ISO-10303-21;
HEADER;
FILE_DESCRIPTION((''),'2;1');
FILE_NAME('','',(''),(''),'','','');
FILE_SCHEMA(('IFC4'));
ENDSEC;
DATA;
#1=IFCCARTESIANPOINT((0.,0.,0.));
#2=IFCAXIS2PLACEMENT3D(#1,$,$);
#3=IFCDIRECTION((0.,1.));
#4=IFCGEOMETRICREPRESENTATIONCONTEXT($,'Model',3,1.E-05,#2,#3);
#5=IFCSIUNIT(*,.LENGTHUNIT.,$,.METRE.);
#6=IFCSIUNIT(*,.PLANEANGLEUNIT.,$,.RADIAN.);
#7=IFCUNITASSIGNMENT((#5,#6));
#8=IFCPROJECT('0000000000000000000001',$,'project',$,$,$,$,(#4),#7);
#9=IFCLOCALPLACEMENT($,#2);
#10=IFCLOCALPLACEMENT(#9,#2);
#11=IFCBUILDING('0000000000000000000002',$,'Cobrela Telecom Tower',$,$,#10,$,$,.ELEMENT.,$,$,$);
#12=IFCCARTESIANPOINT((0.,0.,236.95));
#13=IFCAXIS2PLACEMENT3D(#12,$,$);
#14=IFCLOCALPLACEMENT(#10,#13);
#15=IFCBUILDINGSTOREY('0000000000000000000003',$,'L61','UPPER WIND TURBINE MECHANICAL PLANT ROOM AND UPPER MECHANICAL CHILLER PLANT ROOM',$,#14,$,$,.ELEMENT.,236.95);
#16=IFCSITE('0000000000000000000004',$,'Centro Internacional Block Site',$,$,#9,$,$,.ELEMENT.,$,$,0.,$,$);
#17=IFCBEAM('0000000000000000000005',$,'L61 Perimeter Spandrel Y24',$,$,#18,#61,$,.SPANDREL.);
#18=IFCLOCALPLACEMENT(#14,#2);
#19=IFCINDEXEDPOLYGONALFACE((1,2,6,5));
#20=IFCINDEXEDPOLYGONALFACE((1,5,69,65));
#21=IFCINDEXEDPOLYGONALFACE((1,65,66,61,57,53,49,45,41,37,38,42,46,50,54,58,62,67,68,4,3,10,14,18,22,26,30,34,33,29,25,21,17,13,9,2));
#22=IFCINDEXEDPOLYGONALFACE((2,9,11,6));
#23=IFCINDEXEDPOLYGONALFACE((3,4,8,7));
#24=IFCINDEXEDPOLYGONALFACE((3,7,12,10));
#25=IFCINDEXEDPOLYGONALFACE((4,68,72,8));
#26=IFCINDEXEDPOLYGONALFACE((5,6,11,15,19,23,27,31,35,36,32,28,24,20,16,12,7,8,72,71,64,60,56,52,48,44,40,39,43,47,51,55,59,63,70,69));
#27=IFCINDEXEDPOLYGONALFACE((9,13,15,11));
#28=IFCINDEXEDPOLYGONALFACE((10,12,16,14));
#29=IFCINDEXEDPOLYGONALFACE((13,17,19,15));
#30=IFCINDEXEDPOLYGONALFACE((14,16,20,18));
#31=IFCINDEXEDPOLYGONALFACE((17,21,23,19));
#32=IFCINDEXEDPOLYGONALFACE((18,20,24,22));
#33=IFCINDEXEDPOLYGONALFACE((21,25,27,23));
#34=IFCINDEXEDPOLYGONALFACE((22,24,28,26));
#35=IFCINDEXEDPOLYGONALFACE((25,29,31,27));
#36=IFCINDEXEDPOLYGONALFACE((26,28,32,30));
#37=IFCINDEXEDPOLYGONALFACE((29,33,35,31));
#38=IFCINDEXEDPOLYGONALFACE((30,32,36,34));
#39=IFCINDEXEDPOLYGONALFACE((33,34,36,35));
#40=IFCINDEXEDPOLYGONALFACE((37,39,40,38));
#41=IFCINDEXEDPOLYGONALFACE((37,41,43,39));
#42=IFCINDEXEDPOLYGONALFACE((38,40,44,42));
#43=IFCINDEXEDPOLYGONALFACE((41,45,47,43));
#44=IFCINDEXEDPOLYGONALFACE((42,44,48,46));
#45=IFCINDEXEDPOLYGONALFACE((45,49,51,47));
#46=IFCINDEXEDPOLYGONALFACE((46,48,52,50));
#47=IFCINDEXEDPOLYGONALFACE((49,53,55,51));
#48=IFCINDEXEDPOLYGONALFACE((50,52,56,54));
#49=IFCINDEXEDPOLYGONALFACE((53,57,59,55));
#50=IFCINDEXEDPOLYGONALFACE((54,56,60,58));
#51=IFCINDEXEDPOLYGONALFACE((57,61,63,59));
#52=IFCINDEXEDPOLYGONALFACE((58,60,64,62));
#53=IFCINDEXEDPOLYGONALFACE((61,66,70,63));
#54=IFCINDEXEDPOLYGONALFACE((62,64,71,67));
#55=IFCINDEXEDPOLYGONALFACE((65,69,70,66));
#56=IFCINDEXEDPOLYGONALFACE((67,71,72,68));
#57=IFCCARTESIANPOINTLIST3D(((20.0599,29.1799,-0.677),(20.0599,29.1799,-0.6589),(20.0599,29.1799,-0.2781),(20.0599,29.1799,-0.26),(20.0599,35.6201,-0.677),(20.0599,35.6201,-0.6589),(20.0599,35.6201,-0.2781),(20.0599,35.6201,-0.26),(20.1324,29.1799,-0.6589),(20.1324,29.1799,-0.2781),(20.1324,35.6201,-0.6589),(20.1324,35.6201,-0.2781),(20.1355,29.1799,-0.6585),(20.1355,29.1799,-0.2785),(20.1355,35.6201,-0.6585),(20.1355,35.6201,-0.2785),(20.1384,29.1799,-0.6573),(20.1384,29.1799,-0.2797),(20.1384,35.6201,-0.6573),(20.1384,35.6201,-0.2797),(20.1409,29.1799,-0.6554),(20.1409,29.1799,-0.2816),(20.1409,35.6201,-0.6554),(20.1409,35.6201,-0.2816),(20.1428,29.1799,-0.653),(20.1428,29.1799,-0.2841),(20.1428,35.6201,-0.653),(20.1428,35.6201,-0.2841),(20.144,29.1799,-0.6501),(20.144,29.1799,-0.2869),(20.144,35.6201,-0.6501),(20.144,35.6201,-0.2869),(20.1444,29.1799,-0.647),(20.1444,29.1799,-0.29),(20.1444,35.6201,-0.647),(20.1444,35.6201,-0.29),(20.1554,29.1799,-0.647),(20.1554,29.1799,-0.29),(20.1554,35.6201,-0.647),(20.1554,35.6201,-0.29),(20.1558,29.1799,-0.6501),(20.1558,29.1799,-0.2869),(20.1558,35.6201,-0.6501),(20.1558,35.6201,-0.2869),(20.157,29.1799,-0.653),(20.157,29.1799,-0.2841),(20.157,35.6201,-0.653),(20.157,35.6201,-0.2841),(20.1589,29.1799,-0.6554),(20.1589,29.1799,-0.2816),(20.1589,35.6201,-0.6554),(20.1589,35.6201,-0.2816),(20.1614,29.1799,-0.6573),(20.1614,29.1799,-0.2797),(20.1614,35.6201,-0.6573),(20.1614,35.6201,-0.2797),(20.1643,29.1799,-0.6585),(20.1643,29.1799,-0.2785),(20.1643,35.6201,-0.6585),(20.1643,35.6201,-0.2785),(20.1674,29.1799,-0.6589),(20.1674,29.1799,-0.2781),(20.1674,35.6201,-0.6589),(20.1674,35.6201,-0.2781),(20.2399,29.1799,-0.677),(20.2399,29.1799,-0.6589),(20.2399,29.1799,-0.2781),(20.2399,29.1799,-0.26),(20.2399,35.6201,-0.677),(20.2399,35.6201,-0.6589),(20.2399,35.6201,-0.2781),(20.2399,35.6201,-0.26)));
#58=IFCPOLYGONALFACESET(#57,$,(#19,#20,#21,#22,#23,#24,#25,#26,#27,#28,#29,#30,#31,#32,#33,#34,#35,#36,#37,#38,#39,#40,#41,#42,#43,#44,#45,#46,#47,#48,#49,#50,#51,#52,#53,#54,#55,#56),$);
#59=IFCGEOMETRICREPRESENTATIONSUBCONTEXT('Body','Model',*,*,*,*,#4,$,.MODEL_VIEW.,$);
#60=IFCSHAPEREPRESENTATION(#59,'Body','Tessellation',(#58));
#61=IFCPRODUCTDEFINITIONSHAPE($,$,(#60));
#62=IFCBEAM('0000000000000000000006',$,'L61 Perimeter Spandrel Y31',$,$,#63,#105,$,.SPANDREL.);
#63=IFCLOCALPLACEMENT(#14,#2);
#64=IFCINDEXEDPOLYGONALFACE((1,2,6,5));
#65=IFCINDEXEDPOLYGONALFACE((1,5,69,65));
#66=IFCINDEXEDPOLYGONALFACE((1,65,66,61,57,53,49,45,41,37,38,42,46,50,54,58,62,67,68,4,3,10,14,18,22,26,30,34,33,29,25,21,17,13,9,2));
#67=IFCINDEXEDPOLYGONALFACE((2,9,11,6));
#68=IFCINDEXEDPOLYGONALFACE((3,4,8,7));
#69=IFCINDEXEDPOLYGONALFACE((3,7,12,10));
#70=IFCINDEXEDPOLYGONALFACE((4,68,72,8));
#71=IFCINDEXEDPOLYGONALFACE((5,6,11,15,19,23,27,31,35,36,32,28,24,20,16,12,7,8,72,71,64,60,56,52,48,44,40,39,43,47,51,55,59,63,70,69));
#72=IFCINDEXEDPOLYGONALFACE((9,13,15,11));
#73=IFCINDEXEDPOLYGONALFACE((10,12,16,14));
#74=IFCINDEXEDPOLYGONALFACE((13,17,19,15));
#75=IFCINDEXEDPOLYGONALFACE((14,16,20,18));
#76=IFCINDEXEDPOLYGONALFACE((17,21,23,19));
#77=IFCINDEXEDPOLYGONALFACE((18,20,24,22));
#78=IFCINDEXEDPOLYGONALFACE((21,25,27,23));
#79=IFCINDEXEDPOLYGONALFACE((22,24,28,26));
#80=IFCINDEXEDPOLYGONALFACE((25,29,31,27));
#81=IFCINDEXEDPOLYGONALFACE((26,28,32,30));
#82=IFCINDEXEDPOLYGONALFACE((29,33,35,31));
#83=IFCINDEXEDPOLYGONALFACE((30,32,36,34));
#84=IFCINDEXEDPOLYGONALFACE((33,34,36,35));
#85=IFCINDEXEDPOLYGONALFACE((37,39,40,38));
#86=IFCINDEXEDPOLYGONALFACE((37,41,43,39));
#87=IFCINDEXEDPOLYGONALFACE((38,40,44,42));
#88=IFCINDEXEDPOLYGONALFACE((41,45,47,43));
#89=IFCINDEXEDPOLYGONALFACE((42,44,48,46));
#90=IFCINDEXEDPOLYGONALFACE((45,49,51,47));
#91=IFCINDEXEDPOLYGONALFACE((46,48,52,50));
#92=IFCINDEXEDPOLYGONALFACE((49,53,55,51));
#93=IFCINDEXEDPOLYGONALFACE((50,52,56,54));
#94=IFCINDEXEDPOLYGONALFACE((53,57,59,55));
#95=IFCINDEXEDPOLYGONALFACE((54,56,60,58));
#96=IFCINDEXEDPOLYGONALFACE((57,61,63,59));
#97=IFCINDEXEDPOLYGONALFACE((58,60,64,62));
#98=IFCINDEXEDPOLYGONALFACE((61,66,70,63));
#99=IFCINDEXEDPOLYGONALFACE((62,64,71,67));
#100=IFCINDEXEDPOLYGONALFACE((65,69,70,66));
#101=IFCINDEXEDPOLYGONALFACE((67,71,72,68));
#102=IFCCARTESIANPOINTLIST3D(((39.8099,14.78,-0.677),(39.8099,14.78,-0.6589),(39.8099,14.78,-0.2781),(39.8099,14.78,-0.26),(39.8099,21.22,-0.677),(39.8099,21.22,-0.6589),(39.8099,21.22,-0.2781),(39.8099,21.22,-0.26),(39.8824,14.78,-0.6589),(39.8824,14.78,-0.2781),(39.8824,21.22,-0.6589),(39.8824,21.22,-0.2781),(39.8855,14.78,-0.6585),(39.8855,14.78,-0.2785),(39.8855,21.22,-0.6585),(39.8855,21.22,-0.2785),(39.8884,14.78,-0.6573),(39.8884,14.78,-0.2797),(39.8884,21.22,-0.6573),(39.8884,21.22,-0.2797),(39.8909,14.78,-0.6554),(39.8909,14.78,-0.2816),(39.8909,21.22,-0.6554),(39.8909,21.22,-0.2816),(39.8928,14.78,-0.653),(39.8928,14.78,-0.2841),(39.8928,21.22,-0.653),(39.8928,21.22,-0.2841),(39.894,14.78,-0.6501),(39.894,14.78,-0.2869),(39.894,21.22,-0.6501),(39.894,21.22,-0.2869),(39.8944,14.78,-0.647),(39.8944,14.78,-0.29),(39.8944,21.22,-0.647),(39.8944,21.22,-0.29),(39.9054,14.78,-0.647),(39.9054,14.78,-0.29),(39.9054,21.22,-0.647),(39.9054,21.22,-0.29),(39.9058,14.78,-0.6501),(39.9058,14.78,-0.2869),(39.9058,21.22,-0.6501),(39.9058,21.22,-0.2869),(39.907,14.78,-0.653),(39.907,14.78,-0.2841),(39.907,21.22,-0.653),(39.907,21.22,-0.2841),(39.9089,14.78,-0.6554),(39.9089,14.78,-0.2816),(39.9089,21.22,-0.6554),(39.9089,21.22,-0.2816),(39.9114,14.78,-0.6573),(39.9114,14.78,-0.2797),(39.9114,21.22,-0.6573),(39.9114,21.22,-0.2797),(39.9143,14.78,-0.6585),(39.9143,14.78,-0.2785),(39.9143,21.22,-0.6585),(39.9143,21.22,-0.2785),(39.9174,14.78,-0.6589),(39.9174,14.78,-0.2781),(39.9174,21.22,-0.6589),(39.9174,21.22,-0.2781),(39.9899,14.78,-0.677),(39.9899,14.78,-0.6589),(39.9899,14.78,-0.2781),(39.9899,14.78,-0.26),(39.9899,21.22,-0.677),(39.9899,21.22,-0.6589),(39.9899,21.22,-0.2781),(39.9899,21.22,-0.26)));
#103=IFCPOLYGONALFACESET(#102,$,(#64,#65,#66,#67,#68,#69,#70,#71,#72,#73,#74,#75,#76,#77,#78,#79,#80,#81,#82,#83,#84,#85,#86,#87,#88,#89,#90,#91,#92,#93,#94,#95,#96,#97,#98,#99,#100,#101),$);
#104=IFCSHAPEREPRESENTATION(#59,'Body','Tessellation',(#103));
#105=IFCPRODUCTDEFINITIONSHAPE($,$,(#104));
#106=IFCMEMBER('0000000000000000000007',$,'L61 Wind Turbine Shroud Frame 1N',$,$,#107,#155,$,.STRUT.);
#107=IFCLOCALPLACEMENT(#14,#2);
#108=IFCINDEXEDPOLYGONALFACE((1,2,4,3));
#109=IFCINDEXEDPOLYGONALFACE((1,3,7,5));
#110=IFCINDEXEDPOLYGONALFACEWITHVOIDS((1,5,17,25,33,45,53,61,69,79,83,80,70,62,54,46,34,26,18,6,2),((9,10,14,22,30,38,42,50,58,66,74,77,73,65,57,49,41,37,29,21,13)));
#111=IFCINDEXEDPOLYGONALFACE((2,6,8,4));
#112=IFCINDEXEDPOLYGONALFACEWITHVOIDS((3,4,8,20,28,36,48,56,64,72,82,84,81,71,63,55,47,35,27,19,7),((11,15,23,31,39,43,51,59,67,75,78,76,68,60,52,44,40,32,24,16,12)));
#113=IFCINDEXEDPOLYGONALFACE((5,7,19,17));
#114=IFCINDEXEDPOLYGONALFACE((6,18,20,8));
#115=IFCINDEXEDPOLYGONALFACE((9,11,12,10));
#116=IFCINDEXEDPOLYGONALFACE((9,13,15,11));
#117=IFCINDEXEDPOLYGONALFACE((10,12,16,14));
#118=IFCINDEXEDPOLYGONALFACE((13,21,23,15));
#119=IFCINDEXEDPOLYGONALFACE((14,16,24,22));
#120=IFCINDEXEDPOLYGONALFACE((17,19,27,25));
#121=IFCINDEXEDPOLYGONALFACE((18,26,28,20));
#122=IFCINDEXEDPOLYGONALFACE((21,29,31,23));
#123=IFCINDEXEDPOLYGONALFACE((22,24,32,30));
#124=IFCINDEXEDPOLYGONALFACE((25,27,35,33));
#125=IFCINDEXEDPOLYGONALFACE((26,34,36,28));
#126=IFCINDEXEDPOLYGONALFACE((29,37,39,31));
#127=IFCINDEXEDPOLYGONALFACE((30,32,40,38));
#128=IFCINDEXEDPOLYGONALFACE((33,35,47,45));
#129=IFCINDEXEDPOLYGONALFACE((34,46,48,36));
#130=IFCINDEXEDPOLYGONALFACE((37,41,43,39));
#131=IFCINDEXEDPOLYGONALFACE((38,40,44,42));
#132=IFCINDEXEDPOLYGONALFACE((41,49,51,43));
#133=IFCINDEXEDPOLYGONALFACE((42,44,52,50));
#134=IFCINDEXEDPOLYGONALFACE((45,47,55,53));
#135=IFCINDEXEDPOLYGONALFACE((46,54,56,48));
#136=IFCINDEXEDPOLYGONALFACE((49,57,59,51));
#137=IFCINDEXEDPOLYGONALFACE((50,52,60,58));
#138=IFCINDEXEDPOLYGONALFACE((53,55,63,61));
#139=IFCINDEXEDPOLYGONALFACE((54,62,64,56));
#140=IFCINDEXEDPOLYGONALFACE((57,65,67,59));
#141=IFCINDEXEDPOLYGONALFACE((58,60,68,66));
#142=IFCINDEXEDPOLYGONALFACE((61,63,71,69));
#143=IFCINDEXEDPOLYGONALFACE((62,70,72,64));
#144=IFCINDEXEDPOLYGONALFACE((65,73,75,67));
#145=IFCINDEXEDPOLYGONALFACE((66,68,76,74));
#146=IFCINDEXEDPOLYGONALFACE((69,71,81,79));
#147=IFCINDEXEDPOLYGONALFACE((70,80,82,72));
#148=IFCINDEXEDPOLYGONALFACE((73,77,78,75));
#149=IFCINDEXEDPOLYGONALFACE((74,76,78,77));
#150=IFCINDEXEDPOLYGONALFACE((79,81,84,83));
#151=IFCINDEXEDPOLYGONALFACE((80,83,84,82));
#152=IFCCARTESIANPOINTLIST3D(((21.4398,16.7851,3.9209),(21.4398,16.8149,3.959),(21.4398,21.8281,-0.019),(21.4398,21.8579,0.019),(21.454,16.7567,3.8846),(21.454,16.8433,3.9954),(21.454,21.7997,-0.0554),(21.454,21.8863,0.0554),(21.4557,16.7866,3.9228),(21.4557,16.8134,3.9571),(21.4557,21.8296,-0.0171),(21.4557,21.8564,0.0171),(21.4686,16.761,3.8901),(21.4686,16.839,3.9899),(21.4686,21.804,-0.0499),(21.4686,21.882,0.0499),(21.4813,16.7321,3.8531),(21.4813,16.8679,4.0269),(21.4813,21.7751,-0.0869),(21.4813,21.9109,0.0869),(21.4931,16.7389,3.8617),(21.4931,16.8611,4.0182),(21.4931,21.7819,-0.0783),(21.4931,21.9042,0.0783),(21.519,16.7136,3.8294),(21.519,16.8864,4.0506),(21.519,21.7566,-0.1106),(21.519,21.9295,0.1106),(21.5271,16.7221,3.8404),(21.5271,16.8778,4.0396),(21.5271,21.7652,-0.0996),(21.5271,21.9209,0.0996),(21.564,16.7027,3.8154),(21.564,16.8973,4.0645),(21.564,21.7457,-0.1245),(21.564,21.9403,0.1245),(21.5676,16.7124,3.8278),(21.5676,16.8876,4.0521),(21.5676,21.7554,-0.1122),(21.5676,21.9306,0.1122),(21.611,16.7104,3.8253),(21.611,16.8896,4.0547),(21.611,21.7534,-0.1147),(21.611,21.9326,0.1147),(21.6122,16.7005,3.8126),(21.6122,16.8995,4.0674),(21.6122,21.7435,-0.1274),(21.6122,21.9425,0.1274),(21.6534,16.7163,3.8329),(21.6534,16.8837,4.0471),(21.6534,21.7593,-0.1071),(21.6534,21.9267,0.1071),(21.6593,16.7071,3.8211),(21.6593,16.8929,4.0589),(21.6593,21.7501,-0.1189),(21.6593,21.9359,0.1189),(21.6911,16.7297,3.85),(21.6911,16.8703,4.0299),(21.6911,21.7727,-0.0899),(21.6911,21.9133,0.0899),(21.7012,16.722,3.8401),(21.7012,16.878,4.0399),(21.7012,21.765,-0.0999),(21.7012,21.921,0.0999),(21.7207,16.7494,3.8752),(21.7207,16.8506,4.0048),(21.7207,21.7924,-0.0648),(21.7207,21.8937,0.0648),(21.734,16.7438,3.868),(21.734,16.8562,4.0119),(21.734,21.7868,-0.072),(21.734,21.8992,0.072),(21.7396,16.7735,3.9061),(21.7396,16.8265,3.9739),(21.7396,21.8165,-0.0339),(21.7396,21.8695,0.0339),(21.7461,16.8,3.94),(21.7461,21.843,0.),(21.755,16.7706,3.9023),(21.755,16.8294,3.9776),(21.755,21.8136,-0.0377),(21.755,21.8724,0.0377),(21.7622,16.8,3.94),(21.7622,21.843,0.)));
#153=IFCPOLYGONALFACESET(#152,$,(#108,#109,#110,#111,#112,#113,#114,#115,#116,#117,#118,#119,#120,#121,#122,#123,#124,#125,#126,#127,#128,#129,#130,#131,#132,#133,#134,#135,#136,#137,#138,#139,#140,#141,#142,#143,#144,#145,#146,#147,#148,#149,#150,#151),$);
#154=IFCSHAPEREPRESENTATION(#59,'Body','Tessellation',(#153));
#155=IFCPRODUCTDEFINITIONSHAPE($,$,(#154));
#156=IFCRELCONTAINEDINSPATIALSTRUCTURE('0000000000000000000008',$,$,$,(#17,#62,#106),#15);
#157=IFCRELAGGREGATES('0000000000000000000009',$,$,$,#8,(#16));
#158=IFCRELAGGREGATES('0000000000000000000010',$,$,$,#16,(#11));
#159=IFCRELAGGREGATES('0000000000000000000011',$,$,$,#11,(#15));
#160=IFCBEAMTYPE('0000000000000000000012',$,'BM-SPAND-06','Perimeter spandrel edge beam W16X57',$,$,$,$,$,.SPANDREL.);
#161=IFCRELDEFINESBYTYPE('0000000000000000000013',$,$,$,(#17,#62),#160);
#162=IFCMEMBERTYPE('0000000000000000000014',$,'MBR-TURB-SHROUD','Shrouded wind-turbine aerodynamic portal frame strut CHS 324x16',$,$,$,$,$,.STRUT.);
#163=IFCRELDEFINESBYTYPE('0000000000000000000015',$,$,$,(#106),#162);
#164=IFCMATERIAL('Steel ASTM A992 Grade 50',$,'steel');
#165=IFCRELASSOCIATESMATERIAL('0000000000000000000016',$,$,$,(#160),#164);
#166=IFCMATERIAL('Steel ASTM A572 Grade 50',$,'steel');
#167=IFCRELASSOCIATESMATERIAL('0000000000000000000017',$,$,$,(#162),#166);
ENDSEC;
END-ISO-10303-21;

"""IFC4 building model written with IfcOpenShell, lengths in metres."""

from ifc_helpers import new_model, si_unit, direction, frame, origin, origin_2d, place, context, subcontext, project, spatial, hollow_circle, i_section, extrude, material, material_profile, profile_set, type_object, element, save


model = new_model("IFC4")

# Units and contexts
model_context = context("Model", 3, precision=1e-05, world=origin(), true_north=direction((0.0, 1.0)))
body_context = subcontext(model_context, "Body", "Model", "MODEL_VIEW")
ifc_project = project(units=[si_unit("LENGTHUNIT", "METRE"), si_unit("PLANEANGLEUNIT", "RADIAN")], contexts=[model_context])

# Site, building, storey
site_placement = place(None, origin())
site = spatial("IfcSite", under=ifc_project, at=site_placement, Name="Centro Internacional Block Site", CompositionType="ELEMENT", RefElevation=0.0)
building_placement = place(site_placement, origin())
building = spatial("IfcBuilding", under=site, at=building_placement, Name="Cobrela Telecom Tower", CompositionType="ELEMENT")
storey_placement = place(building_placement, frame((0.0, 0.0, 236.95)))
storey = spatial("IfcBuildingStorey", under=building, at=storey_placement, Name="L61", Description="UPPER WIND TURBINE MECHANICAL PLANT ROOM AND UPPER MECHANICAL CHILLER PLANT ROOM", CompositionType="ELEMENT", Elevation=236.95)

# Shared definitions
ifc_material_1 = material(Name="Steel ASTM A572 Grade 50", Category="steel")
ifc_material_2 = material(Name="Steel ASTM A992 Grade 50", Category="steel")

# Beams
ifc_material_profile_1 = material_profile(ifc_material_2, i_section(OverallWidth=0.1799, OverallDepth=0.417, WebThickness=0.011, FlangeThickness=0.0181, FilletRadius=0.012, at=origin_2d()), Name="W16X57")
ifc_profile_set_1 = profile_set([ifc_material_profile_1], Name="Steel ASTM A992 Grade 50")
beam_type_1 = type_object("IfcBeamType", Name="BM-SPAND-06", Description="Perimeter spandrel edge beam W16X57", PredefinedType="SPANDREL", material=ifc_profile_set_1)
beam_1_placement = place(storey_placement, frame((20.1499, 29.1799, -0.4685), z_axis=(0.0, 1.0, 0.0), x_axis=(-1.0, 0.0, 0.0)))
element("IfcBeam", 1, at=beam_1_placement, inside=storey, type_object=beam_type_1, Name="L61 Perimeter Spandrel Y24", PredefinedType="SPANDREL", context=body_context, shape_type="SweptSolid", body=[
    extrude(i_section(OverallWidth=0.1799, OverallDepth=0.417, WebThickness=0.011, FlangeThickness=0.0181, FilletRadius=0.012, at=origin_2d()), origin(), (0.0, 0.0, 1.0), 6.4402),
])
beam_2_placement = place(storey_placement, frame((39.8999, 14.78, -0.4685), z_axis=(0.0, 1.0, 0.0), x_axis=(-1.0, 0.0, 0.0)))
element("IfcBeam", 2, at=beam_2_placement, inside=storey, type_object=beam_type_1, Name="L61 Perimeter Spandrel Y31", PredefinedType="SPANDREL", context=body_context, shape_type="SweptSolid", body=[
    extrude(i_section(OverallWidth=0.1799, OverallDepth=0.417, WebThickness=0.011, FlangeThickness=0.0181, FilletRadius=0.012, at=origin_2d()), origin(), (0.0, 0.0, 1.0), 6.4399),
])

# Member
ifc_material_profile_2 = material_profile(ifc_material_1, hollow_circle(Radius=0.1621, WallThickness=0.0161, at=origin_2d()), Name="CHS 324x16")
ifc_profile_set_2 = profile_set([ifc_material_profile_2], Name="Steel ASTM A572 Grade 50")
member_type = type_object("IfcMemberType", Name="MBR-TURB-SHROUD", Description="Shrouded wind-turbine aerodynamic portal frame strut CHS 324x16", PredefinedType="STRUT", material=ifc_profile_set_2)
for number, where, z_axis, x_axis, name in (
    (3, (21.6001, 21.843, 0.0), (0.0, -0.788015, 0.615656), (1.0, 0.0, 0.0), "L61 Wind Turbine Shroud Frame 1N"),
):
    element("IfcMember", number, at=place(storey_placement, frame(where, z_axis=z_axis, x_axis=x_axis)), inside=storey, type_object=member_type, Name=name, PredefinedType="STRUT", context=body_context, shape_type="SweptSolid", body=[
        extrude(hollow_circle(Radius=0.1621, WallThickness=0.0161, at=origin_2d()), origin(), (0.0, 0.0, 1.0), 6.3997),
    ])

save(model, "model.ifc")
